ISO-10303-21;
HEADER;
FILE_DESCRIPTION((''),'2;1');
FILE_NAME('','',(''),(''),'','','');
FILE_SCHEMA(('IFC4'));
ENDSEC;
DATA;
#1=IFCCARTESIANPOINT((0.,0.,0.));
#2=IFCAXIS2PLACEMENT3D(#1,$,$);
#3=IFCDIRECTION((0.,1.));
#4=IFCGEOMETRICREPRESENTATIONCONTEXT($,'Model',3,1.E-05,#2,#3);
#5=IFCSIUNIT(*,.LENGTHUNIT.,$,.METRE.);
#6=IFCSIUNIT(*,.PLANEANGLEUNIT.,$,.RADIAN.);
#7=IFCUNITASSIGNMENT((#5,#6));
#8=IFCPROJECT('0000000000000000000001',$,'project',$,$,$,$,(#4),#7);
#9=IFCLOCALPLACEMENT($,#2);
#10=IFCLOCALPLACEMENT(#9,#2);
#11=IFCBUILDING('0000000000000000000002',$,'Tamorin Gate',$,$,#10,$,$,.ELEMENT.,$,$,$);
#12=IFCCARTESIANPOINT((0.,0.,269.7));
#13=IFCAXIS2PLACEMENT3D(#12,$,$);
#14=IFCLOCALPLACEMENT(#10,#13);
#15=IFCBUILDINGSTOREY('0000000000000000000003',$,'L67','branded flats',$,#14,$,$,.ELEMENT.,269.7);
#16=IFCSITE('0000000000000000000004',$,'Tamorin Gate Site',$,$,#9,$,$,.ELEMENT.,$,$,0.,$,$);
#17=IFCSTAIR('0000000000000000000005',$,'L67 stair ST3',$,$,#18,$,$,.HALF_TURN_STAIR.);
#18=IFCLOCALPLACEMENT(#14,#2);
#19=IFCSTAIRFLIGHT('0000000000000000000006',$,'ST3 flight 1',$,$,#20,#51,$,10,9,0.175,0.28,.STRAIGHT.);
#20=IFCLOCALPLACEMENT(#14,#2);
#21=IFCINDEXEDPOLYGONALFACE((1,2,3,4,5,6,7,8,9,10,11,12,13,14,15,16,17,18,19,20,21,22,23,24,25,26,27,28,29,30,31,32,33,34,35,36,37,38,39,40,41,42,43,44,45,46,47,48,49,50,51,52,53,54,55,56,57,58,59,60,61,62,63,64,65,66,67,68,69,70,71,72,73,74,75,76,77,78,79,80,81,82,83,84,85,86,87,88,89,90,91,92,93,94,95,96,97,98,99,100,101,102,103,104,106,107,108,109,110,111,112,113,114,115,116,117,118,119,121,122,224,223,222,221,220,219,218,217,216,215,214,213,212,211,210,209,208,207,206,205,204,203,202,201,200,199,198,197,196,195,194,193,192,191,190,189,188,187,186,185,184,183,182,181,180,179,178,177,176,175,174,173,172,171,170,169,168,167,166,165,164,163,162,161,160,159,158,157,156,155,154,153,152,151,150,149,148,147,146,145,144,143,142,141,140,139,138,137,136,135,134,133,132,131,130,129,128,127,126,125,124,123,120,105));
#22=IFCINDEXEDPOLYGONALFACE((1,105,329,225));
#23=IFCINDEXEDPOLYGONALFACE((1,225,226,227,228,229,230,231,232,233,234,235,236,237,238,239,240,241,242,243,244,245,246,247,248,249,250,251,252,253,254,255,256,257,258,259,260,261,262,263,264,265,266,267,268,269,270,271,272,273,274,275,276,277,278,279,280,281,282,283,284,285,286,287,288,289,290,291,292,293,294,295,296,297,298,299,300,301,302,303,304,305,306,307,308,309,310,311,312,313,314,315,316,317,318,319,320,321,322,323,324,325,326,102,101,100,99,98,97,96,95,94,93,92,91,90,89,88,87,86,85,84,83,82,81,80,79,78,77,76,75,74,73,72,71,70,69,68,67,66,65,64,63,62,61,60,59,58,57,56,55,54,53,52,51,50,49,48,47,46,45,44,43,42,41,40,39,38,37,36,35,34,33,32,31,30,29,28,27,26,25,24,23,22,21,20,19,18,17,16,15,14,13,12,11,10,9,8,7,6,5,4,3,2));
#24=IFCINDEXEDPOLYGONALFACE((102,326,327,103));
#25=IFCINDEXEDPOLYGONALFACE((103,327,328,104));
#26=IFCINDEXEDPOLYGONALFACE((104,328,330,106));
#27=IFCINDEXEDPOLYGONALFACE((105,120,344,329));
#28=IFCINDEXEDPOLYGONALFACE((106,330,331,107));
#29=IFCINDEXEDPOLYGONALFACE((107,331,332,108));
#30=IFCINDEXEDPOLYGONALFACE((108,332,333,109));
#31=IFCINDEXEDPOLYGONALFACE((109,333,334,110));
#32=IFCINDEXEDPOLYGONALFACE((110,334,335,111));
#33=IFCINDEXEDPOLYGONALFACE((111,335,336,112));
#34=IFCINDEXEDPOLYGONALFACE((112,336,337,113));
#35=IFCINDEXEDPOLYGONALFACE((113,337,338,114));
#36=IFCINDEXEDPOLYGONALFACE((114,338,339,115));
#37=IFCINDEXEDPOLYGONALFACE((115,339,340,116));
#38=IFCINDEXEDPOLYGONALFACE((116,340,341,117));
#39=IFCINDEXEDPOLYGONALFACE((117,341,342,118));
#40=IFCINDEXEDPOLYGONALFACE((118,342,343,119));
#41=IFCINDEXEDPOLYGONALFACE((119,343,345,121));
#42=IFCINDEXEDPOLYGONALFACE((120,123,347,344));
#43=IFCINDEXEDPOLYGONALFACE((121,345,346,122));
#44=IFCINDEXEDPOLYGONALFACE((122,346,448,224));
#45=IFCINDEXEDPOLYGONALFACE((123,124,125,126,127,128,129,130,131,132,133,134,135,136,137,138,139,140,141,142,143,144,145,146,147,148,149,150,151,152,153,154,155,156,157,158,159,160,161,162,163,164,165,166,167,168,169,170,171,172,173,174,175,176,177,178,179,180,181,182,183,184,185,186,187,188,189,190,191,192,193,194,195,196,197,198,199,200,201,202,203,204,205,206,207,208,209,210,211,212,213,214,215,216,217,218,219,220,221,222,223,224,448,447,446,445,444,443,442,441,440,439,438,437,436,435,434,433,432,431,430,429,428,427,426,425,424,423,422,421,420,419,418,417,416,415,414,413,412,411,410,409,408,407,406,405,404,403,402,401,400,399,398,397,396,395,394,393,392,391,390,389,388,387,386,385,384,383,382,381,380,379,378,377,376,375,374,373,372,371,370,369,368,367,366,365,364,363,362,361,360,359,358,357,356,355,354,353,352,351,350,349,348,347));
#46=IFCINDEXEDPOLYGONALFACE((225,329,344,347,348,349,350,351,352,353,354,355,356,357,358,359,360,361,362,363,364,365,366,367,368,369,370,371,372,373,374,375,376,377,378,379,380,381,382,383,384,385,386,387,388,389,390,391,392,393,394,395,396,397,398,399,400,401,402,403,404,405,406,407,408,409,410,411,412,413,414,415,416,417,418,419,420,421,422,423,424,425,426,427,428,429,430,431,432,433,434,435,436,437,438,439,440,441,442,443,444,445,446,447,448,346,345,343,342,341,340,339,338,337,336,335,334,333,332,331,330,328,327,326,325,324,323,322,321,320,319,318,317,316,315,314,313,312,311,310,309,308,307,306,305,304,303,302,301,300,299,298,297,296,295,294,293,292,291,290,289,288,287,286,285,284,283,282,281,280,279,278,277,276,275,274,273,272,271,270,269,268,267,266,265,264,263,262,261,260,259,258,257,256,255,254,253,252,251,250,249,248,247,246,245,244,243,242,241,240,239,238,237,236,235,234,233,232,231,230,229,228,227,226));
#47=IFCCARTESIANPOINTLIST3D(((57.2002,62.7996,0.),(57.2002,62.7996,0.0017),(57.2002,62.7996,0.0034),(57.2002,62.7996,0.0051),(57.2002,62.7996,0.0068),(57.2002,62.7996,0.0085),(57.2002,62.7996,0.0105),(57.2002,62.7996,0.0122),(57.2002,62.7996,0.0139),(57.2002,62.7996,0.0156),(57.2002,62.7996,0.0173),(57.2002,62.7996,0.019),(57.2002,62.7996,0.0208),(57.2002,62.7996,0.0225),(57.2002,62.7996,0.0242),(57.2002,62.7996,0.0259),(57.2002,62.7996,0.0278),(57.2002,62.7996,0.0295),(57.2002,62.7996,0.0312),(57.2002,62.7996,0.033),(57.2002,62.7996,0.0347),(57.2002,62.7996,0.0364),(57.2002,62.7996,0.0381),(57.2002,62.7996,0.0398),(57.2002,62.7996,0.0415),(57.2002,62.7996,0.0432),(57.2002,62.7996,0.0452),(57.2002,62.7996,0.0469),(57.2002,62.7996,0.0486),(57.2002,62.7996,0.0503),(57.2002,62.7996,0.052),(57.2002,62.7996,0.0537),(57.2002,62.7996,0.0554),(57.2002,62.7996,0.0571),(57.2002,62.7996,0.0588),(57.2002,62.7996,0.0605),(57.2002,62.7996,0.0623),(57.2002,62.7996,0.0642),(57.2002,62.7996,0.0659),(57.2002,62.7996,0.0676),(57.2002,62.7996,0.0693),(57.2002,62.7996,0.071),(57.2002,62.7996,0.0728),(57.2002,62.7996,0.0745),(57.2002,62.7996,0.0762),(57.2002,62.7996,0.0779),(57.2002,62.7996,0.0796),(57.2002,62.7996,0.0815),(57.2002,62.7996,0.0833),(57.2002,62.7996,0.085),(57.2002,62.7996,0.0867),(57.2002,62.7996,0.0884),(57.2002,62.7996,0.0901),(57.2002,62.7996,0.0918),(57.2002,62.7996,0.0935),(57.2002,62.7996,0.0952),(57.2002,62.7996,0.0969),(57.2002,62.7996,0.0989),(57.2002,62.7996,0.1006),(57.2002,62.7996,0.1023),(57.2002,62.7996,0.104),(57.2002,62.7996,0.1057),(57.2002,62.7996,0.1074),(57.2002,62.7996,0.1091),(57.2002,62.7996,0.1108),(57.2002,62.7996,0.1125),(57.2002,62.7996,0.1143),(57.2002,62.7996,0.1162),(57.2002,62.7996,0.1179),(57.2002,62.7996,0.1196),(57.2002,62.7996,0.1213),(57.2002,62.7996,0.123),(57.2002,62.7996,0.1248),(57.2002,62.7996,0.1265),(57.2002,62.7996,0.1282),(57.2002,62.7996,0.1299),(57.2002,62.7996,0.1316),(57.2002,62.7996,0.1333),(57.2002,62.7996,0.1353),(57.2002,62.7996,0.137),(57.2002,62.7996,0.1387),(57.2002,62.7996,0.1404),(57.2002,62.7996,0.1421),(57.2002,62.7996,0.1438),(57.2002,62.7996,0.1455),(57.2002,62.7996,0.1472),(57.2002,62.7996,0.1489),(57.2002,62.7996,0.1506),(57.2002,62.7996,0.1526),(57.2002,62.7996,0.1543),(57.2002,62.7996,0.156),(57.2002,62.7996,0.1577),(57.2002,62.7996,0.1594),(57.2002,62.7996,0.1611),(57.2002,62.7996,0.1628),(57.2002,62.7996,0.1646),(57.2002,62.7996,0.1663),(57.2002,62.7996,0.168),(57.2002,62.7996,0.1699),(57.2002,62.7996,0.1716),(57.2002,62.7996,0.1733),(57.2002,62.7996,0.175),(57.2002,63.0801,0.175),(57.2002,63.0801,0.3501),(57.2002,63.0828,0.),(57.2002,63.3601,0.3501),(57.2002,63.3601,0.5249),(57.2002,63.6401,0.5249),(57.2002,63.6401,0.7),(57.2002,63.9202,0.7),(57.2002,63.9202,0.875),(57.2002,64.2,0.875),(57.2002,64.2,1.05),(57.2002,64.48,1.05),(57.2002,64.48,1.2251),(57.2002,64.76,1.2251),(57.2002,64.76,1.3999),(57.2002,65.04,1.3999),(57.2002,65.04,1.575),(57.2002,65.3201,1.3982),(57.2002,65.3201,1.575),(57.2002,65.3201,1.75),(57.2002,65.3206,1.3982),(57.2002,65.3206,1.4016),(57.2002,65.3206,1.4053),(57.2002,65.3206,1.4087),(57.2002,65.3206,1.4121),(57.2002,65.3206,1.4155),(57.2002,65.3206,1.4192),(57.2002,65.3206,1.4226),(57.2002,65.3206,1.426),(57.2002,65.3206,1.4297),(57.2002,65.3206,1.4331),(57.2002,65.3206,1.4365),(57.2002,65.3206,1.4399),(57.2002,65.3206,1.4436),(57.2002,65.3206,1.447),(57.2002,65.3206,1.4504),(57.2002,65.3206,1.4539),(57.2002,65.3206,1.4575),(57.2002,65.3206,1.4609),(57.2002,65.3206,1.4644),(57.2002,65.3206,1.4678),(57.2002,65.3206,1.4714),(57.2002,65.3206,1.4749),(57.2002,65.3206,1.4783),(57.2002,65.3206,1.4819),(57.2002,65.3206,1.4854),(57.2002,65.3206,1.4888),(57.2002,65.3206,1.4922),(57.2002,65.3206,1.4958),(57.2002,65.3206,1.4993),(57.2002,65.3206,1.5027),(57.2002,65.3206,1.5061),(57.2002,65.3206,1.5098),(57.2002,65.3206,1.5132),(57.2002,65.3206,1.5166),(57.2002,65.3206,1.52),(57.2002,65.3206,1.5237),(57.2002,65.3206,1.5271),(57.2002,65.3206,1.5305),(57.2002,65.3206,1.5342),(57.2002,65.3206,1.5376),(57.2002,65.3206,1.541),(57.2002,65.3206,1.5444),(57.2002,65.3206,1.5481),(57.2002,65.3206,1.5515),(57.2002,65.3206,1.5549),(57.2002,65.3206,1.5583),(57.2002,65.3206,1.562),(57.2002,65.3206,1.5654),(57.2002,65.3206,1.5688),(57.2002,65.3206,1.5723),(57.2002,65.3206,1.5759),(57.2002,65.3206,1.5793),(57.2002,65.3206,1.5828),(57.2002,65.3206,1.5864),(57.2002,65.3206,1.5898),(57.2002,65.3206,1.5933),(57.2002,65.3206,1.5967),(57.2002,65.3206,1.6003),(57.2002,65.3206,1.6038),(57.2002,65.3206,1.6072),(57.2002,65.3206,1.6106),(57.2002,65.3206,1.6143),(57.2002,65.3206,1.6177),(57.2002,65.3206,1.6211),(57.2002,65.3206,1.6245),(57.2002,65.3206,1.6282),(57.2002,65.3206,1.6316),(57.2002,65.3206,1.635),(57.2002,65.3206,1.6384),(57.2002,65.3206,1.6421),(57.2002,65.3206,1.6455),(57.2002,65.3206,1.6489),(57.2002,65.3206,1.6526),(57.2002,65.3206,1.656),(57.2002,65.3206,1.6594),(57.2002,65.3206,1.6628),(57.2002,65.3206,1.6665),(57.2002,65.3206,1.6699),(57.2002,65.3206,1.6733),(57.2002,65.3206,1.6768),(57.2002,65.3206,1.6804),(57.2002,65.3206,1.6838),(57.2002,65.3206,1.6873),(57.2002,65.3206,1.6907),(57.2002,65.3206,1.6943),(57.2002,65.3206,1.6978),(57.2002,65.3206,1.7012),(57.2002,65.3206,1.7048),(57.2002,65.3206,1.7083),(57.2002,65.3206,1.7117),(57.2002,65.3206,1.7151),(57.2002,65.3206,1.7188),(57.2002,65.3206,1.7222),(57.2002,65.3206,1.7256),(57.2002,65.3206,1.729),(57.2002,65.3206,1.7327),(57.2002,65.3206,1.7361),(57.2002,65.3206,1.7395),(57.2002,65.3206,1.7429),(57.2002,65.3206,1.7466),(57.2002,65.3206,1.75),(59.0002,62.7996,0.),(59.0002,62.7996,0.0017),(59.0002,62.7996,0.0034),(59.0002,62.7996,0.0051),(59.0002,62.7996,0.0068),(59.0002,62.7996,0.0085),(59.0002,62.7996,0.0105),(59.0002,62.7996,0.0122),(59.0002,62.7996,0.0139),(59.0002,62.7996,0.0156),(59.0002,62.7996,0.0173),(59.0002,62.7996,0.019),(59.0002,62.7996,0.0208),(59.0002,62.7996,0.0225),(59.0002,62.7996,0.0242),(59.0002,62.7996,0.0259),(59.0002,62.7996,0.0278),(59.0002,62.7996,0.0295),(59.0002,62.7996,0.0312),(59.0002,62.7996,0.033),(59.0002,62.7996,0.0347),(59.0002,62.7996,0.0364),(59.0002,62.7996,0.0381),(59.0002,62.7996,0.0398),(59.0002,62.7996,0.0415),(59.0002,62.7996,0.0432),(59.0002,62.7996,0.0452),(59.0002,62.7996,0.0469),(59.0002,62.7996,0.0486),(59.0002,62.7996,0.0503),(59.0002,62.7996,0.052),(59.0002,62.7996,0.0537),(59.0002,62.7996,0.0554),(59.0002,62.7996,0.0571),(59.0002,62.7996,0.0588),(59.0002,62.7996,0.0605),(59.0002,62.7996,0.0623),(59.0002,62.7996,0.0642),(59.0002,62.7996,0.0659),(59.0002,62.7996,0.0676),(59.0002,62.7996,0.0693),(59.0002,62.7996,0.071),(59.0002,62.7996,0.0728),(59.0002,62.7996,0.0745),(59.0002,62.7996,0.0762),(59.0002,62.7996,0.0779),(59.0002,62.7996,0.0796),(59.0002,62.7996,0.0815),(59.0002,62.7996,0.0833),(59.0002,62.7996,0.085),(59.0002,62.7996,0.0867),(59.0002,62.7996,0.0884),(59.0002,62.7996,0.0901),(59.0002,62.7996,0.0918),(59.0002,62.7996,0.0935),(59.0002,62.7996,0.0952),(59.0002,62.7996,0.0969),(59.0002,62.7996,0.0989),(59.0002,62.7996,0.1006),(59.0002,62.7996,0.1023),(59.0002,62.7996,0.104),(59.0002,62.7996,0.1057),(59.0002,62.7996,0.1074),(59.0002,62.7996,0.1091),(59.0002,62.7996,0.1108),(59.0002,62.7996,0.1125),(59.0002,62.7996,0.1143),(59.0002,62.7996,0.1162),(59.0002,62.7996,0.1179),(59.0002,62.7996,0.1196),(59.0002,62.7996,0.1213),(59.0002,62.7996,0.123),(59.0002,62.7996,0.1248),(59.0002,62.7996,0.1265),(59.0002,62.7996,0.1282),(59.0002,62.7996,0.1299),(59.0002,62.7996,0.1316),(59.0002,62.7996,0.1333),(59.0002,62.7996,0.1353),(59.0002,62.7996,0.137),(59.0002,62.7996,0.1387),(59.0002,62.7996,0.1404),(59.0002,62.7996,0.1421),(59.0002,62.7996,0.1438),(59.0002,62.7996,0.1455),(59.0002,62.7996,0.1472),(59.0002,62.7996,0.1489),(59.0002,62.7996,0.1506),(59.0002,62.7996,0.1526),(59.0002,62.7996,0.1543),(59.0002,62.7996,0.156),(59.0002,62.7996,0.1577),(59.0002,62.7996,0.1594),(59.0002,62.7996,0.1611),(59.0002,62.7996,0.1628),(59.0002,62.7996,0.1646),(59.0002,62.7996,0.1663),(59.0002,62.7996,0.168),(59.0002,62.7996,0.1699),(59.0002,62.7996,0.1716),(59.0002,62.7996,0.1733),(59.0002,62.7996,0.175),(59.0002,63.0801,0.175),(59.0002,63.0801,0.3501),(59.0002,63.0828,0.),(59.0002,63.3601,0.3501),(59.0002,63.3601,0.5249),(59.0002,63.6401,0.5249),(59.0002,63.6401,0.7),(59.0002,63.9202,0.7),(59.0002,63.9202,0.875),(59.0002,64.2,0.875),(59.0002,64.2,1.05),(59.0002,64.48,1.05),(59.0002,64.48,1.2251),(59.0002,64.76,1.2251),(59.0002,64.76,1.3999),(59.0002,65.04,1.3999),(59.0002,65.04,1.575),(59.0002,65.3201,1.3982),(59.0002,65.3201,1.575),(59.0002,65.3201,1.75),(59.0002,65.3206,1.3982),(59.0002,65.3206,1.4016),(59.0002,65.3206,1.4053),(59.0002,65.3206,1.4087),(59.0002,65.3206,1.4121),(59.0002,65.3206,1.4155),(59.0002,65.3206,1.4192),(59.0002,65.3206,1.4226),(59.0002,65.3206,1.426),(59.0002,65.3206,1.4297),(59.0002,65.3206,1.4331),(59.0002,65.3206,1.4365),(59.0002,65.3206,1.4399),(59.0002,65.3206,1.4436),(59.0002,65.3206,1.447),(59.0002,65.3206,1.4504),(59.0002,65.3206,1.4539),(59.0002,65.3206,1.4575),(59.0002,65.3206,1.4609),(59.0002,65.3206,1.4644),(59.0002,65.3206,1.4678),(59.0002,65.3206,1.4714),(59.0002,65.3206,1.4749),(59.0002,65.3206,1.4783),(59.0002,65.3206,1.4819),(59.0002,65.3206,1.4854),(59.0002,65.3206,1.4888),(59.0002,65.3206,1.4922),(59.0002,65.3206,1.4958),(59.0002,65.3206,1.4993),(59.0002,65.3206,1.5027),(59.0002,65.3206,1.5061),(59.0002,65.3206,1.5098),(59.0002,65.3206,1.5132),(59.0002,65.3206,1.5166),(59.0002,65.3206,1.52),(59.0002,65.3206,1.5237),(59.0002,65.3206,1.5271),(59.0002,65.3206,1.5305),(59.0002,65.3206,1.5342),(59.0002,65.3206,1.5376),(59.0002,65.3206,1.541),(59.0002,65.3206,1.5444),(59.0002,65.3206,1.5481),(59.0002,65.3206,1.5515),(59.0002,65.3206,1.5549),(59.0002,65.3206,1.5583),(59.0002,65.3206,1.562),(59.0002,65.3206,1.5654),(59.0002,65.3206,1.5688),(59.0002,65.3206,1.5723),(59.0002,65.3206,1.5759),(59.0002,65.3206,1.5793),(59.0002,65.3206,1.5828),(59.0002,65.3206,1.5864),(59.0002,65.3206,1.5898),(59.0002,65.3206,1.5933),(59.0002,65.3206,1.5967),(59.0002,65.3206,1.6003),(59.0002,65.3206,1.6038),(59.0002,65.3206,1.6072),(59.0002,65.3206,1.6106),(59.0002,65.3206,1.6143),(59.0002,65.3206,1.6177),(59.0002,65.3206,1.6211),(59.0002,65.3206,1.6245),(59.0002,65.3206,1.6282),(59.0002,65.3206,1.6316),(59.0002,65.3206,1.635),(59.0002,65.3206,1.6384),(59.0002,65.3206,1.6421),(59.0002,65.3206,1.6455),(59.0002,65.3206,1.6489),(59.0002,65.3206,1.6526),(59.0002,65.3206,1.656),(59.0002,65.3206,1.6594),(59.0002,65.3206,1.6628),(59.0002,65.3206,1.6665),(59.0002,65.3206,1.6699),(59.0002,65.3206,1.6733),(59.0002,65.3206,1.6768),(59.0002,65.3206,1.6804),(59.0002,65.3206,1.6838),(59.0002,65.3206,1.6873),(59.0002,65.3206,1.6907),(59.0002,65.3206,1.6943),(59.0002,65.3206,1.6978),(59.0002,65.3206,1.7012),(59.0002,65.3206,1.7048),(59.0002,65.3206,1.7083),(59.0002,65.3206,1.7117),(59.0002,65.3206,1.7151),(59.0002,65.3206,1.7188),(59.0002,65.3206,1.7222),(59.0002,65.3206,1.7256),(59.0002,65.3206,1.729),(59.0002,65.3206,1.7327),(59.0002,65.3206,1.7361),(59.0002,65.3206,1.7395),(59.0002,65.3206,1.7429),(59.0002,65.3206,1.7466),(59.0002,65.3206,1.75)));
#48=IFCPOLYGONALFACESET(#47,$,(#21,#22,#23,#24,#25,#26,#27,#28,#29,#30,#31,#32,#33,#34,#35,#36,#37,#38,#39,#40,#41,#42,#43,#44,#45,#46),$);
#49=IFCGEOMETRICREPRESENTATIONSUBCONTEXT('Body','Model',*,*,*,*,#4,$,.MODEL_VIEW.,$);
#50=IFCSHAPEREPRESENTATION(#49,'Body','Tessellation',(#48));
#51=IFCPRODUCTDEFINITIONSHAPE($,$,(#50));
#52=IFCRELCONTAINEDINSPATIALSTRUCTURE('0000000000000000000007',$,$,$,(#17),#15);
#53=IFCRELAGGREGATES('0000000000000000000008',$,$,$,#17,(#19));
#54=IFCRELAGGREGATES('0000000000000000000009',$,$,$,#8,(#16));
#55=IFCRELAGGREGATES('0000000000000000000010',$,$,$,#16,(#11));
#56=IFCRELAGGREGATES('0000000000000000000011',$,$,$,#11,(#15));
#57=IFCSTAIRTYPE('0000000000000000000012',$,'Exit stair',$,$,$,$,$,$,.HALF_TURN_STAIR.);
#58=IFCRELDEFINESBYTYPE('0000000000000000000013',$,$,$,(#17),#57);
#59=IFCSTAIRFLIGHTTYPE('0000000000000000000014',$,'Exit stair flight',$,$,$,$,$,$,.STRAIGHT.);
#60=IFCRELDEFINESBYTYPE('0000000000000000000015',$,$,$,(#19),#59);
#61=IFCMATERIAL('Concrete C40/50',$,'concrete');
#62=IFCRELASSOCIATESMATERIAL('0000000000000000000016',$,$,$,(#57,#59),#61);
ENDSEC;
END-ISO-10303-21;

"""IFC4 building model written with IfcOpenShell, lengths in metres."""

from ifc_helpers import new_model, si_unit, direction, frame, origin, place, context, subcontext, project, spatial, polyline, outline, extrude, material, type_object, element, aggregate, save


model = new_model("IFC4")

# Units and contexts
model_context = context("Model", 3, precision=1e-05, world=origin(), true_north=direction((0.0, 1.0)))
body_context = subcontext(model_context, "Body", "Model", "MODEL_VIEW")
ifc_project = project(units=[si_unit("LENGTHUNIT", "METRE"), si_unit("PLANEANGLEUNIT", "RADIAN")], contexts=[model_context])

# Site, building, storey
site_placement = place(None, origin())
site = spatial("IfcSite", under=ifc_project, at=site_placement, Name="Tamorin Gate Site", CompositionType="ELEMENT", RefElevation=0.0)
building_placement = place(site_placement, origin())
building = spatial("IfcBuilding", under=site, at=building_placement, Name="Tamorin Gate", CompositionType="ELEMENT")
storey_placement = place(building_placement, frame((0.0, 0.0, 269.7)))
storey = spatial("IfcBuildingStorey", under=building, at=storey_placement, Name="L67", Description="branded flats", CompositionType="ELEMENT", Elevation=269.7)

# Stair, stair flight
ifc_material_1 = material(Name="Concrete C40/50", Category="concrete")
stair_type = type_object("IfcStairType", Name="Exit stair", PredefinedType="HALF_TURN_STAIR", material=ifc_material_1)
stair_placement = place(storey_placement, origin())
stair = element("IfcStair", 1, at=stair_placement, inside=storey, type_object=stair_type, Name="L67 stair ST3", PredefinedType="HALF_TURN_STAIR")
stair_flight_type = type_object("IfcStairFlightType", Name="Exit stair flight", PredefinedType="STRAIGHT", material=ifc_material_1)
stair_flight_1_placement = place(storey_placement, frame((58.1001, 62.8, 0.0), z_axis=(0.0, 0.0, 1.0), x_axis=(0.0, 1.0, 0.0)))
stair_flight_1 = element("IfcStairFlight", 2, at=stair_flight_1_placement, type_object=stair_flight_type, Name="ST3 flight 1", NumberOfRisers=10, NumberOfTreads=9, PredefinedType="STRAIGHT", RiserHeight=0.175, TreadLength=0.28, context=body_context, shape_type="SweptSolid", body=[
    extrude(outline(polyline([(-0.0005, 0.0), (-0.0005, 0.0017), (-0.0005, 0.0034), (-0.0005, 0.0051), (-0.0005, 0.0068), (-0.0005, 0.0085), (-0.0005, 0.0105), (-0.0005, 0.0122), (-0.0005, 0.0139), (-0.0005, 0.0156), (-0.0005, 0.0173), (-0.0005, 0.019), (-0.0005, 0.0208), (-0.0005, 0.0225), (-0.0005, 0.0242), (-0.0005, 0.0259), (-0.0005, 0.0278), (-0.0005, 0.0295), (-0.0005, 0.0312), (-0.0005, 0.033), (-0.0005, 0.0347), (-0.0005, 0.0364), (-0.0005, 0.0381), (-0.0005, 0.0398), (-0.0005, 0.0415), (-0.0005, 0.0432), (-0.0005, 0.0452), (-0.0005, 0.0469), (-0.0005, 0.0486), (-0.0005, 0.0503), (-0.0005, 0.052), (-0.0005, 0.0537), (-0.0005, 0.0554), (-0.0005, 0.0571), (-0.0005, 0.0588), (-0.0005, 0.0605), (-0.0005, 0.0623), (-0.0005, 0.0642), (-0.0005, 0.0659), (-0.0005, 0.0676), (-0.0005, 0.0693), (-0.0005, 0.071), (-0.0005, 0.0728), (-0.0005, 0.0745), (-0.0005, 0.0762), (-0.0005, 0.0779), (-0.0005, 0.0796), (-0.0005, 0.0815), (-0.0005, 0.0833), (-0.0005, 0.085), (-0.0005, 0.0867), (-0.0005, 0.0884), (-0.0005, 0.0901), (-0.0005, 0.0918), (-0.0005, 0.0935), (-0.0005, 0.0952), (-0.0005, 0.0969), (-0.0005, 0.0989), (-0.0005, 0.1006), (-0.0005, 0.1023), (-0.0005, 0.104), (-0.0005, 0.1057), (-0.0005, 0.1074), (-0.0005, 0.1091), (-0.0005, 0.1108), (-0.0005, 0.1125), (-0.0005, 0.1143), (-0.0005, 0.1162), (-0.0005, 0.1179), (-0.0005, 0.1196), (-0.0005, 0.1213), (-0.0005, 0.123), (-0.0005, 0.1248), (-0.0005, 0.1265), (-0.0005, 0.1282), (-0.0005, 0.1299), (-0.0005, 0.1316), (-0.0005, 0.1333), (-0.0005, 0.1353), (-0.0005, 0.137), (-0.0005, 0.1387), (-0.0005, 0.1404), (-0.0005, 0.1421), (-0.0005, 0.1438), (-0.0005, 0.1455), (-0.0005, 0.1472), (-0.0005, 0.1489), (-0.0005, 0.1506), (-0.0005, 0.1526), (-0.0005, 0.1543), (-0.0005, 0.156), (-0.0005, 0.1577), (-0.0005, 0.1594), (-0.0005, 0.1611), (-0.0005, 0.1628), (-0.0005, 0.1646), (-0.0005, 0.1663), (-0.0005, 0.168), (-0.0005, 0.1699), (-0.0005, 0.1716), (-0.0005, 0.1733), (-0.0005, 0.175), (0.28, 0.175), (0.28, 0.3501), (0.5601, 0.3501), (0.5601, 0.5249), (0.8401, 0.5249), (0.8401, 0.7), (1.1201, 0.7), (1.1201, 0.875), (1.3999, 0.875), (1.3999, 1.05), (1.6799, 1.05), (1.6799, 1.2251), (1.96, 1.2251), (1.96, 1.3999), (2.24, 1.3999), (2.24, 1.575), (2.52, 1.575), (2.52, 1.75), (2.5205, 1.75), (2.5205, 1.7466), (2.5205, 1.7429), (2.5205, 1.7395), (2.5205, 1.7361), (2.5205, 1.7327), (2.5205, 1.729), (2.5205, 1.7256), (2.5205, 1.7222), (2.5205, 1.7188), (2.5205, 1.7151), (2.5205, 1.7117), (2.5205, 1.7083), (2.5205, 1.7048), (2.5205, 1.7012), (2.5205, 1.6978), (2.5205, 1.6943), (2.5205, 1.6907), (2.5205, 1.6873), (2.5205, 1.6838), (2.5205, 1.6804), (2.5205, 1.6768), (2.5205, 1.6733), (2.5205, 1.6699), (2.5205, 1.6665), (2.5205, 1.6628), (2.5205, 1.6594), (2.5205, 1.656), (2.5205, 1.6526), (2.5205, 1.6489), (2.5205, 1.6455), (2.5205, 1.6421), (2.5205, 1.6384), (2.5205, 1.635), (2.5205, 1.6316), (2.5205, 1.6282), (2.5205, 1.6245), (2.5205, 1.6211), (2.5205, 1.6177), (2.5205, 1.6143), (2.5205, 1.6106), (2.5205, 1.6072), (2.5205, 1.6038), (2.5205, 1.6003), (2.5205, 1.5967), (2.5205, 1.5933), (2.5205, 1.5898), (2.5205, 1.5864), (2.5205, 1.5828), (2.5205, 1.5793), (2.5205, 1.5759), (2.5205, 1.5723), (2.5205, 1.5688), (2.5205, 1.5654), (2.5205, 1.562), (2.5205, 1.5583), (2.5205, 1.5549), (2.5205, 1.5515), (2.5205, 1.5481), (2.5205, 1.5444), (2.5205, 1.541), (2.5205, 1.5376), (2.5205, 1.5342), (2.5205, 1.5305), (2.5205, 1.5271), (2.5205, 1.5237), (2.5205, 1.52), (2.5205, 1.5166), (2.5205, 1.5132), (2.5205, 1.5098), (2.5205, 1.5061), (2.5205, 1.5027), (2.5205, 1.4993), (2.5205, 1.4958), (2.5205, 1.4922), (2.5205, 1.4888), (2.5205, 1.4854), (2.5205, 1.4819), (2.5205, 1.4783), (2.5205, 1.4749), (2.5205, 1.4714), (2.5205, 1.4678), (2.5205, 1.4644), (2.5205, 1.4609), (2.5205, 1.4575), (2.5205, 1.4539), (2.5205, 1.4504), (2.5205, 1.447), (2.5205, 1.4436), (2.5205, 1.4399), (2.5205, 1.4365), (2.5205, 1.4331), (2.5205, 1.4297), (2.5205, 1.426), (2.5205, 1.4226), (2.5205, 1.4192), (2.5205, 1.4155), (2.5205, 1.4121), (2.5205, 1.4087), (2.5205, 1.4053), (2.5205, 1.4016), (2.5205, 1.3982), (2.52, 1.3982), (0.2827, 0.0), (-0.0005, 0.0)])), frame((0.0, 0.8999, 0.0), z_axis=(0.0, -1.0, 0.0), x_axis=(1.0, 0.0, 0.0)), (0.0, 0.0, 1.0), 1.8),
])
aggregate(stair, [stair_flight_1])

save(model, "model.ifc")
